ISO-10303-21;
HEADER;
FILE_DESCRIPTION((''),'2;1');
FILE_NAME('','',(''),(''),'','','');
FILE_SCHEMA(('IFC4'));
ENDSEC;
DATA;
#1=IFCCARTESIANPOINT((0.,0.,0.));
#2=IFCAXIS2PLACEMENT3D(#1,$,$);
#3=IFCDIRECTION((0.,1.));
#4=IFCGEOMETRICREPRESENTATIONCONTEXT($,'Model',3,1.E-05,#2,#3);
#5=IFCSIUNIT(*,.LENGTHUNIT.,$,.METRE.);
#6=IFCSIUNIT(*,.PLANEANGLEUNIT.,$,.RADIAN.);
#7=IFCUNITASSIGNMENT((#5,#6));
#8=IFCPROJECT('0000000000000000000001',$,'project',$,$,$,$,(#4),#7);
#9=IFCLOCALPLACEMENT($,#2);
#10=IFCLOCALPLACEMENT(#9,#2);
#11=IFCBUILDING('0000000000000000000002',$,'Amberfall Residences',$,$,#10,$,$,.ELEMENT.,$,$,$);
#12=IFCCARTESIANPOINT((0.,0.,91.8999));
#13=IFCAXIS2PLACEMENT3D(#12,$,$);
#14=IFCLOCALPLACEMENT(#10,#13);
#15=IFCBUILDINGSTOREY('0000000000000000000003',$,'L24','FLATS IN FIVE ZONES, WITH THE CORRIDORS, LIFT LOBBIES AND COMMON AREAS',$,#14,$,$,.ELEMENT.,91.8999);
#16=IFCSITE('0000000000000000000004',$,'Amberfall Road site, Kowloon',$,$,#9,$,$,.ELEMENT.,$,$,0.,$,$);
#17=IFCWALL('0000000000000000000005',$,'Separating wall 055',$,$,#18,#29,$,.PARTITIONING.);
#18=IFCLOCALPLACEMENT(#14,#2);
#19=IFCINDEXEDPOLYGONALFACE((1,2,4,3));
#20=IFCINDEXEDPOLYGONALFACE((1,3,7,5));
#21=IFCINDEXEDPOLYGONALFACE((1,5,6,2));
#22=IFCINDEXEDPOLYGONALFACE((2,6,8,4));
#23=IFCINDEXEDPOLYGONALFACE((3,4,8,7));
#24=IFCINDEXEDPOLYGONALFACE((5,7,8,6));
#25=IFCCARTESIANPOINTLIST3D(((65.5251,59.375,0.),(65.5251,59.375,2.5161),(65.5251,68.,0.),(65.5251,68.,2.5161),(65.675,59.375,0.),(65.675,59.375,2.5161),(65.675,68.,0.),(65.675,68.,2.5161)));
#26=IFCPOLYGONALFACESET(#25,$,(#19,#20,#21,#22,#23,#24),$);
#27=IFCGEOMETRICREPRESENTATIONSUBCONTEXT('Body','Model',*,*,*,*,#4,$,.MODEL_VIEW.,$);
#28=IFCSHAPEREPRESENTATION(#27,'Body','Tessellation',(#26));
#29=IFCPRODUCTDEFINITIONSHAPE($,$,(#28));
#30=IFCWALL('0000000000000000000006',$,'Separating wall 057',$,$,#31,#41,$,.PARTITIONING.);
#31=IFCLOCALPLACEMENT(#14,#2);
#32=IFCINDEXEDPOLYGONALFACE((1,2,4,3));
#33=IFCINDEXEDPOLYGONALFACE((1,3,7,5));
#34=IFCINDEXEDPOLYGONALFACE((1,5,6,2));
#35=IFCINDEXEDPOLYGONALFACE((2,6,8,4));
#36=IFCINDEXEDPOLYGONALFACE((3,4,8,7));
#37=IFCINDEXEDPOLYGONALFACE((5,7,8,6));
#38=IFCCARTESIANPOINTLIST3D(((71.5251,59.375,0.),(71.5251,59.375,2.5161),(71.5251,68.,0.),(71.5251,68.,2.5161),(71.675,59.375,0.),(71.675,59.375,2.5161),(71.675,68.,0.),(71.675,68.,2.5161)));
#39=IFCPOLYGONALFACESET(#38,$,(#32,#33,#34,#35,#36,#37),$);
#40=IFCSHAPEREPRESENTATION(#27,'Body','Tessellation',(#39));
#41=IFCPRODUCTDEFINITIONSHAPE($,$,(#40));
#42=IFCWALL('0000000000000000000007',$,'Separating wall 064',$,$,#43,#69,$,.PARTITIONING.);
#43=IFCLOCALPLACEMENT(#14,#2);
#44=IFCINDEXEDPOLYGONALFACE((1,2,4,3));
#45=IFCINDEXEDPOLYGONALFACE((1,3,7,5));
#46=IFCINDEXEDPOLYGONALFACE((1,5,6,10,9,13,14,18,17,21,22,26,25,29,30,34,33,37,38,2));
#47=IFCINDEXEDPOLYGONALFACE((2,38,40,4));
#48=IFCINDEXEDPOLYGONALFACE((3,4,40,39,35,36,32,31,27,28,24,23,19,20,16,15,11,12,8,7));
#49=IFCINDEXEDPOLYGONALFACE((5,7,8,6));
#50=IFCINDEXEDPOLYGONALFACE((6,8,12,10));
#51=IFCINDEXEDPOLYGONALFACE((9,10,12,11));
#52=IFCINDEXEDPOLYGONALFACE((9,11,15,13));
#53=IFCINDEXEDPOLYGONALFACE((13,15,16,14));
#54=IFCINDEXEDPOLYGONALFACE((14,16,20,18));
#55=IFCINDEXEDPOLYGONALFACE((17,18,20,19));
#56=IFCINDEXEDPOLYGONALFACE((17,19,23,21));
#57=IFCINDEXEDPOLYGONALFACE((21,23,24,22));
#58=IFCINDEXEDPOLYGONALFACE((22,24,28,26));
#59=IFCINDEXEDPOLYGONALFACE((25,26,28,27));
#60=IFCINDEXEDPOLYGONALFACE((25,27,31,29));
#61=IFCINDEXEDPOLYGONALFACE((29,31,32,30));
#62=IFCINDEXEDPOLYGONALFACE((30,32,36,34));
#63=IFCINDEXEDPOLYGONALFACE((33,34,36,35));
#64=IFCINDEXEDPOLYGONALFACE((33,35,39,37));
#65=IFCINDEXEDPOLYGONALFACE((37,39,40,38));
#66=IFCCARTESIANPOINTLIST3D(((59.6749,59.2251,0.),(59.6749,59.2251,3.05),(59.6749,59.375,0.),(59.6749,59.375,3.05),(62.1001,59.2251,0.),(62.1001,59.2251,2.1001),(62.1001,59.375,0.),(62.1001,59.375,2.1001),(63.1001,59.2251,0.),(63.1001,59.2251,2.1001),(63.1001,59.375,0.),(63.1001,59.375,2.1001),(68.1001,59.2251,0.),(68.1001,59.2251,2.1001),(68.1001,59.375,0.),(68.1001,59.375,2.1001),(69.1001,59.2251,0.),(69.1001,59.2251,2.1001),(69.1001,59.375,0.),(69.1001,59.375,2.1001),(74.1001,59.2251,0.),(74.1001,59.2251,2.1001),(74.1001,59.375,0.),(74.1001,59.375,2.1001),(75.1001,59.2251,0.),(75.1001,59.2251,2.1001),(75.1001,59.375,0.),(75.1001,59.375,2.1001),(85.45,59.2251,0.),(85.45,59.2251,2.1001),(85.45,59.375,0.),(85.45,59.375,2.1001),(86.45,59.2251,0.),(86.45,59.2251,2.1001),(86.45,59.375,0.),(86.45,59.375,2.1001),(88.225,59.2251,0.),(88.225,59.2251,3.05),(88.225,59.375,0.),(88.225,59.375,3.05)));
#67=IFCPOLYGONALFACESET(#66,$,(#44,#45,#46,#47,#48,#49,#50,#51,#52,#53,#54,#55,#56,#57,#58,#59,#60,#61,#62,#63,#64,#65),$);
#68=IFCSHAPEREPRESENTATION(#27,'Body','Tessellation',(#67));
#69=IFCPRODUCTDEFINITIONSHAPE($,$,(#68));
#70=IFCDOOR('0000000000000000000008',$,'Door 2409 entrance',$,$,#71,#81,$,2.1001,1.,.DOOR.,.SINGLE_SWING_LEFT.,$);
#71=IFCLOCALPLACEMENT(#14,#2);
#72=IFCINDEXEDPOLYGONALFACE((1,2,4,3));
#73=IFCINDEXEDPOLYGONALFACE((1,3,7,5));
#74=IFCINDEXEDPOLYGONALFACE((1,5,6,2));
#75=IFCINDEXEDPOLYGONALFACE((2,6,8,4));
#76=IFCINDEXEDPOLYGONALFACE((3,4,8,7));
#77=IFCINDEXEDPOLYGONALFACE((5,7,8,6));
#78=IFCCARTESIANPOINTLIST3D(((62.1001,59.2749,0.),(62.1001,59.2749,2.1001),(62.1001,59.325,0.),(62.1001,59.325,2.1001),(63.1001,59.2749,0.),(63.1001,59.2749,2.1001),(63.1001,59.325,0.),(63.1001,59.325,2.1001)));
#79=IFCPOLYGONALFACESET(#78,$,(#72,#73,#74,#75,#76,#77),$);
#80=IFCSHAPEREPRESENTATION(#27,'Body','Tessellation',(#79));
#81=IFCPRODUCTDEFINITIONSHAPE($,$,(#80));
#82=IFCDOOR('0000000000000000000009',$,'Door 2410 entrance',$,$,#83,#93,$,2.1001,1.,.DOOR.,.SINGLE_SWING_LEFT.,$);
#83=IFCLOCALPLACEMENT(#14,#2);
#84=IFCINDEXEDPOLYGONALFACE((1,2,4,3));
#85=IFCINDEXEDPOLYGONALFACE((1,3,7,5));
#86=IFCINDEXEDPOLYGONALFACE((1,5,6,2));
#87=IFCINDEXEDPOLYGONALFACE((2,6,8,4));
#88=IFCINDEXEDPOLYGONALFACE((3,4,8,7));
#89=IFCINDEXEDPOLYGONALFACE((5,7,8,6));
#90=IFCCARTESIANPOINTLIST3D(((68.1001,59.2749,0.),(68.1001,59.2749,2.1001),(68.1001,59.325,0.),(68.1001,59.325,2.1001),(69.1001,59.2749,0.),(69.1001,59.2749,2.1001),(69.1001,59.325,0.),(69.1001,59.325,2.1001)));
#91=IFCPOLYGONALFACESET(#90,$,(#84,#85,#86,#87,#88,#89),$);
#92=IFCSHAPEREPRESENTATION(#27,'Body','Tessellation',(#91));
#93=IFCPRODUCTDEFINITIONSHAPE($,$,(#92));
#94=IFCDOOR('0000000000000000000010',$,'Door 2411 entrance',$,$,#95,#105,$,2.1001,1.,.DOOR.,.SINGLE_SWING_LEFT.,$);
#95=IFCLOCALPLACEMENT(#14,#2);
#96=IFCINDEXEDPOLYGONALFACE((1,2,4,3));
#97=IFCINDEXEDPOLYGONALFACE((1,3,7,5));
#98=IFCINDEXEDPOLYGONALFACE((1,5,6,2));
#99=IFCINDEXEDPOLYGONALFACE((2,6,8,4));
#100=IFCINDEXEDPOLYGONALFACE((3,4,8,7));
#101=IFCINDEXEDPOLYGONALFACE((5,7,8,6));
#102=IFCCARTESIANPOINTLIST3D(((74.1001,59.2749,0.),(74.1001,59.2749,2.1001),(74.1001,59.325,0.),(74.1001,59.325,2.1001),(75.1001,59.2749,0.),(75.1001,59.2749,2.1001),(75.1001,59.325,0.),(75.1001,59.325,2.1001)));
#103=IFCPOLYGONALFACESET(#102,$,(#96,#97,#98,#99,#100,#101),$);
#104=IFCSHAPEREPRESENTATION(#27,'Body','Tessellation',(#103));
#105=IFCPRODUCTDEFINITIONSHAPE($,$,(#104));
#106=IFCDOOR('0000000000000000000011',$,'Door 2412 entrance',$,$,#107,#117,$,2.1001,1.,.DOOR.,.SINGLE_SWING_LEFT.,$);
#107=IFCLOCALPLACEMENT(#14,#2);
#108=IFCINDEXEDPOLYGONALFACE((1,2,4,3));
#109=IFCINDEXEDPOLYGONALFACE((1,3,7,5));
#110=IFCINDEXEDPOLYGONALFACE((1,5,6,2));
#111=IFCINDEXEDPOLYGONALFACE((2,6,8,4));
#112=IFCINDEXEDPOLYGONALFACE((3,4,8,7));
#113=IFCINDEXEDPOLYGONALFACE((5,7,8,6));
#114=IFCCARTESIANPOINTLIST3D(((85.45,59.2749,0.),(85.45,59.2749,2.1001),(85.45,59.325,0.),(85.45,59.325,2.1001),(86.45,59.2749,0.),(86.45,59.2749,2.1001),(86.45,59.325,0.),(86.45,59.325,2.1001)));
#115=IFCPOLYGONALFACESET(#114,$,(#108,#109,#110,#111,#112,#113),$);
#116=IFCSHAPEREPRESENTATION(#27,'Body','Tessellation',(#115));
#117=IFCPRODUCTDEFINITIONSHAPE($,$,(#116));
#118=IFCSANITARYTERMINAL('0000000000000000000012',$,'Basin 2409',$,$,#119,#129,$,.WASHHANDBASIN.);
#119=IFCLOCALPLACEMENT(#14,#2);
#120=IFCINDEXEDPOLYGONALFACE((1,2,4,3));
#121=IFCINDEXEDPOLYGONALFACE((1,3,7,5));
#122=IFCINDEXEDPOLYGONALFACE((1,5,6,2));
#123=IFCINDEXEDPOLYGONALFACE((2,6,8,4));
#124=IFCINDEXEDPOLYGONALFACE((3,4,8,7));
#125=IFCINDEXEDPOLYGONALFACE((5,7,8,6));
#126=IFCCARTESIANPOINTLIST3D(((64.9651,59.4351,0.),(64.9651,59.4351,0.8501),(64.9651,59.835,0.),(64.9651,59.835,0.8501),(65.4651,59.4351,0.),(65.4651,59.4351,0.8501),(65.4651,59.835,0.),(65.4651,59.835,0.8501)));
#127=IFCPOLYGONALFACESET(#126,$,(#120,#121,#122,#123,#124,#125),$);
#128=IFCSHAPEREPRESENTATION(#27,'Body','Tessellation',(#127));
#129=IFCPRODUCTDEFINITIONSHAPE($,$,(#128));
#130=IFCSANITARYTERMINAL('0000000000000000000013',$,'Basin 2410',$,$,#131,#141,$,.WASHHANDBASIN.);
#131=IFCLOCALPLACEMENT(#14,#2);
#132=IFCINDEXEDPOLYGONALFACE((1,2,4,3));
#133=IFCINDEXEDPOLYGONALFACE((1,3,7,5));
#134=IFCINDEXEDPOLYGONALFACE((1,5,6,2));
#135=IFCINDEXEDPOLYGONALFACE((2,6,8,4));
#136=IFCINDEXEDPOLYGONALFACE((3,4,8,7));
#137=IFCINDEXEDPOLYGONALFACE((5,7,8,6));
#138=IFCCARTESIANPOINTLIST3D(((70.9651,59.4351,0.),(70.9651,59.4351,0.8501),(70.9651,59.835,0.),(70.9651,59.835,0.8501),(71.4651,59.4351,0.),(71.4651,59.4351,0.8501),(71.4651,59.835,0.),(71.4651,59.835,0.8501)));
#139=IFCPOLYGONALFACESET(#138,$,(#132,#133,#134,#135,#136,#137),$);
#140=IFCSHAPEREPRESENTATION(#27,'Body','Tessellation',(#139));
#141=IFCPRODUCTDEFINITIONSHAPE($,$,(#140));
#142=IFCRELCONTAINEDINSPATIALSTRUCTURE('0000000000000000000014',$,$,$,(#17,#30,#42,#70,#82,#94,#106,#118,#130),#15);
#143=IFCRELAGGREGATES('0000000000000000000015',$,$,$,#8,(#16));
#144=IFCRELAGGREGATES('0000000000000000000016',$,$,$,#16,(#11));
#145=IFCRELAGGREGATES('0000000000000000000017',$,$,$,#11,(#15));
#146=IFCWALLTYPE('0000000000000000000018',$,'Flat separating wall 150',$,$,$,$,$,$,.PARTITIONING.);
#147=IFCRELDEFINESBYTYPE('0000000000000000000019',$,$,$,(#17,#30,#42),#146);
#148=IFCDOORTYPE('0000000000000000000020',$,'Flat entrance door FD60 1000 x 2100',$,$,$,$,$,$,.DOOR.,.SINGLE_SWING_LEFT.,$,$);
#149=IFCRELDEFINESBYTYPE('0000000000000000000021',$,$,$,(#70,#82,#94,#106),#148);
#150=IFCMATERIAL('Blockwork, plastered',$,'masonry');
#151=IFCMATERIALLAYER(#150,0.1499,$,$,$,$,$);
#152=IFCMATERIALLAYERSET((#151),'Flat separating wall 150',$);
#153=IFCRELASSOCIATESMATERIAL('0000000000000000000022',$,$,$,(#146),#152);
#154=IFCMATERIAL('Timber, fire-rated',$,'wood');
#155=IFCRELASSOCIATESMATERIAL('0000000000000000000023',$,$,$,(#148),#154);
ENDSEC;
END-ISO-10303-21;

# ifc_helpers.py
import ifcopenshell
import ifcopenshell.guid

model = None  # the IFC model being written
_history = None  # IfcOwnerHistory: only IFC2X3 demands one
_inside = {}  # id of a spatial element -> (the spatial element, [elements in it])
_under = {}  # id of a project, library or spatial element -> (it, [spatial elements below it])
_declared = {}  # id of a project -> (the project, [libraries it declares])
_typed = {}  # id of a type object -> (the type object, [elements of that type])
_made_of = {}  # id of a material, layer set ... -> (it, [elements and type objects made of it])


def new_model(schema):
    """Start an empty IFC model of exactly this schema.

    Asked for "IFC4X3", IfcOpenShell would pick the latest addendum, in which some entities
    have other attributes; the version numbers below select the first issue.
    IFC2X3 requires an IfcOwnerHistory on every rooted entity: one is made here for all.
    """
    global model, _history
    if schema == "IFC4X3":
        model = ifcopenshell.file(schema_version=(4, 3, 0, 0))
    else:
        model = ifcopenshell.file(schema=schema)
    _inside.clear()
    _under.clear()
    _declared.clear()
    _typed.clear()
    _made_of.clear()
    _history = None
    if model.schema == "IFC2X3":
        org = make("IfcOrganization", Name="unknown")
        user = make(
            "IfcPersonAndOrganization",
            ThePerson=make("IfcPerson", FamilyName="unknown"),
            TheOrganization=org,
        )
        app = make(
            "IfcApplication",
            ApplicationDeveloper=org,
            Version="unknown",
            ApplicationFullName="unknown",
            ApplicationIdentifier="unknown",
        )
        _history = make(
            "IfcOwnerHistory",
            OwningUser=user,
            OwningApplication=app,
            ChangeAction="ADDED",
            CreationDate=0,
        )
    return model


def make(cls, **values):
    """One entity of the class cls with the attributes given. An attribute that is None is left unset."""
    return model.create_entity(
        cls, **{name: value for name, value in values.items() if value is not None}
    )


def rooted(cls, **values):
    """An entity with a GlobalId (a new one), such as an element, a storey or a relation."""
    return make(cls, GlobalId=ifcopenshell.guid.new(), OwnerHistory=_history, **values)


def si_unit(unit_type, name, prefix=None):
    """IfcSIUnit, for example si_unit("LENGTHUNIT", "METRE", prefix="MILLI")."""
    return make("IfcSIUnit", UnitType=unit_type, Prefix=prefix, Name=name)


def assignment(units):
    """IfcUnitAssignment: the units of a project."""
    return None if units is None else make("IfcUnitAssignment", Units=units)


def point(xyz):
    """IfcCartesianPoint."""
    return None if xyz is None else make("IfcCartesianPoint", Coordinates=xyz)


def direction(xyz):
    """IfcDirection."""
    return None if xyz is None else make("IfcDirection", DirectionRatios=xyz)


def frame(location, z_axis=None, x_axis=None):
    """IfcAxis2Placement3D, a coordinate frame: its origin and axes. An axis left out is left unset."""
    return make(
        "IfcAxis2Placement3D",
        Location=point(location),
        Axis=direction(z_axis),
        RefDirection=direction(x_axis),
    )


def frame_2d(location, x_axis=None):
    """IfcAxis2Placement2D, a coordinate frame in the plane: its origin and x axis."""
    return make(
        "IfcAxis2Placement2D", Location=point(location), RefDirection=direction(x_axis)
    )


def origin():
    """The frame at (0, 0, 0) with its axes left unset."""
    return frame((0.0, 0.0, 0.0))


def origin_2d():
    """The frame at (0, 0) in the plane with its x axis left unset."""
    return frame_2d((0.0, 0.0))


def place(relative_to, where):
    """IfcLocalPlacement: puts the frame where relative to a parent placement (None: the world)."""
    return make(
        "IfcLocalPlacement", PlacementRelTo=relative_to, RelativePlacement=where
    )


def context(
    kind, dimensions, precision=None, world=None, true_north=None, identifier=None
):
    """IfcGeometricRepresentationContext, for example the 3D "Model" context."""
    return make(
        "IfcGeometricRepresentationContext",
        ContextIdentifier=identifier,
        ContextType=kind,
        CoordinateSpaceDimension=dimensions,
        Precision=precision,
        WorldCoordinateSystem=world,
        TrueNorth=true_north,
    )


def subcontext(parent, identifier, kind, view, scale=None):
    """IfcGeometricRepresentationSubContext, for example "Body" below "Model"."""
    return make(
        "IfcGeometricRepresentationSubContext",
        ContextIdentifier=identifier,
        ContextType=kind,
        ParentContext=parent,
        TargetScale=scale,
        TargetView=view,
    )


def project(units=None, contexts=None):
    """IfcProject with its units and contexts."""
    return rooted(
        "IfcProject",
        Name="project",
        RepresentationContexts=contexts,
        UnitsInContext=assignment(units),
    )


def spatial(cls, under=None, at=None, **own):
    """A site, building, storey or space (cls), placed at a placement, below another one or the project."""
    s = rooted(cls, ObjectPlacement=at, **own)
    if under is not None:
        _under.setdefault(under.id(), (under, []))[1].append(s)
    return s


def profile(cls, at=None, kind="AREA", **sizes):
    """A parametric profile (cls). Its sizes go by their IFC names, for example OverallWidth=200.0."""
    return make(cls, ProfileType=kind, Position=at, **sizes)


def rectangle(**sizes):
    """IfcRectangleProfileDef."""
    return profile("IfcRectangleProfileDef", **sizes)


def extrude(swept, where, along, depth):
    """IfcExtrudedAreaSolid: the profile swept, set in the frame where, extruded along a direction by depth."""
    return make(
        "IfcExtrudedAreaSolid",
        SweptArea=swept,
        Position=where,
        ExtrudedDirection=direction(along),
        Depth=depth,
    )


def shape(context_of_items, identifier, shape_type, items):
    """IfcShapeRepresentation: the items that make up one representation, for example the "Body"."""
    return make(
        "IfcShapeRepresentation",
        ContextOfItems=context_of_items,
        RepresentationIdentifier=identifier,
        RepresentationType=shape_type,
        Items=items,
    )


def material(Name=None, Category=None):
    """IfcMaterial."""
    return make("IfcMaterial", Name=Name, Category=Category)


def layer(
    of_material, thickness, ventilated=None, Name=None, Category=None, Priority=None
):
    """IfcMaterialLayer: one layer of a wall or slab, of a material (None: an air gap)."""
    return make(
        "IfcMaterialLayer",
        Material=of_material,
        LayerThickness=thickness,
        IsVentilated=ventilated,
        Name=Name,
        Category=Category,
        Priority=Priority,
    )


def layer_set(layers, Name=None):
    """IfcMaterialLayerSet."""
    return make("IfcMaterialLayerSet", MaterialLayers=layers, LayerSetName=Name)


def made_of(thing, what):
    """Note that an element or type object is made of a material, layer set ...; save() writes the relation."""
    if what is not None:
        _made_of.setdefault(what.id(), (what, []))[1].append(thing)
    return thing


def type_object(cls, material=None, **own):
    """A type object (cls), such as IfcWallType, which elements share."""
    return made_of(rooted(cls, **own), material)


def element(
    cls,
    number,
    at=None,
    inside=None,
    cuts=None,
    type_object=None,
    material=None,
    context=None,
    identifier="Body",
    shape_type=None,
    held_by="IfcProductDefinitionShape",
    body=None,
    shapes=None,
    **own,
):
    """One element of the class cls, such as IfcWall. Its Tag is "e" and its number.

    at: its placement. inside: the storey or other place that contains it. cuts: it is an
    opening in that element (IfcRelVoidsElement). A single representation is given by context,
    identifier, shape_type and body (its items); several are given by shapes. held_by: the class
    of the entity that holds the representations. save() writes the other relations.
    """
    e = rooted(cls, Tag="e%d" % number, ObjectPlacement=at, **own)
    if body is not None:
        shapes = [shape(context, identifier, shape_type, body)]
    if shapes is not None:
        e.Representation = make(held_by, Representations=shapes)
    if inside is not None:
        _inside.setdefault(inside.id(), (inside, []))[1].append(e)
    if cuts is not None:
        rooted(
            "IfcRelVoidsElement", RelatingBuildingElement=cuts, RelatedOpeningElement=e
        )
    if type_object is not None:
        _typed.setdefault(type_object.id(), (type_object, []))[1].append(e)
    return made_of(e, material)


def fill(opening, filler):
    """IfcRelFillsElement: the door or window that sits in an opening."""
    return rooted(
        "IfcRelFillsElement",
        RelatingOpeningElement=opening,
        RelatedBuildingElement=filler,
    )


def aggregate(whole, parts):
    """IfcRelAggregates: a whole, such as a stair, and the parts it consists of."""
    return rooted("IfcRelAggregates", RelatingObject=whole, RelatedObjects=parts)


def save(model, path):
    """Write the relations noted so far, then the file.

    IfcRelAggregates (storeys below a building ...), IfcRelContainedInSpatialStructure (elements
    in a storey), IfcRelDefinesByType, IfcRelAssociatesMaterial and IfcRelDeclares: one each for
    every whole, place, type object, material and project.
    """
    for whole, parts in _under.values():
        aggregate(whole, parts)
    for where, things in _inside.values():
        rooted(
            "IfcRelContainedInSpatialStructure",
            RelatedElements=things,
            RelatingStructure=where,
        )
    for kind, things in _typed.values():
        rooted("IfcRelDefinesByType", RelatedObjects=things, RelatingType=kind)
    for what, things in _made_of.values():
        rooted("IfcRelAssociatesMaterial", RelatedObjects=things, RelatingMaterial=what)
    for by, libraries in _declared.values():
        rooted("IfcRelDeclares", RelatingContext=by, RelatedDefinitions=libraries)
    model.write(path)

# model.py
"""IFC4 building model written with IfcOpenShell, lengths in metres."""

from ifc_helpers import new_model, si_unit, direction, frame, frame_2d, origin, origin_2d, place, context, subcontext, project, spatial, rectangle, extrude, material, layer, layer_set, type_object, element, fill, save


model = new_model("IFC4")

# Units and contexts
model_context = context("Model", 3, precision=1e-05, world=origin(), true_north=direction((0.0, 1.0)))
body_context = subcontext(model_context, "Body", "Model", "MODEL_VIEW")
ifc_project = project(units=[si_unit("LENGTHUNIT", "METRE"), si_unit("PLANEANGLEUNIT", "RADIAN")], contexts=[model_context])

# Site, building, storey
site_placement = place(None, origin())
site = spatial("IfcSite", under=ifc_project, at=site_placement, Name="Amberfall Road site, Kowloon", CompositionType="ELEMENT", RefElevation=0.0)
building_placement = place(site_placement, origin())
building = spatial("IfcBuilding", under=site, at=building_placement, Name="Amberfall Residences", CompositionType="ELEMENT")
storey_placement = place(building_placement, frame((0.0, 0.0, 91.8999)))
storey = spatial("IfcBuildingStorey", under=building, at=storey_placement, Name="L24", Description="FLATS IN FIVE ZONES, WITH THE CORRIDORS, LIFT LOBBIES AND COMMON AREAS", CompositionType="ELEMENT", Elevation=91.8999)

# Walls
ifc_material_1 = material(Name="Blockwork, plastered", Category="masonry")
ifc_layer_1 = layer(ifc_material_1, 0.1499)
ifc_layer_set_1 = layer_set([ifc_layer_1], Name="Flat separating wall 150")
wall_type_1 = type_object("IfcWallType", Name="Flat separating wall 150", PredefinedType="PARTITIONING", material=ifc_layer_set_1)
for number, where, z_axis, x_axis, name in (
    (1, (65.6001, 59.375, 0.0), (0.0, 0.0, 1.0), (0.0, 1.0, 0.0), "Separating wall 055"),
    (2, (71.6001, 59.375, 0.0), (0.0, 0.0, 1.0), (0.0, 1.0, 0.0), "Separating wall 057"),
):
    element("IfcWall", number, at=place(storey_placement, frame(where, z_axis=z_axis, x_axis=x_axis)), inside=storey, type_object=wall_type_1, Name=name, PredefinedType="PARTITIONING", context=body_context, shape_type="SweptSolid", body=[
        extrude(rectangle(XDim=8.625, YDim=0.1499, at=frame_2d((4.3125, 0.0))), origin(), (0.0, 0.0, 1.0), 2.5161),
    ])

# Wall, openings, doors
wall_1_placement = place(storey_placement, frame((59.675, 59.3, 0.0), z_axis=(0.0, 0.0, 1.0), x_axis=(1.0, 0.0, 0.0)))
wall_1 = element("IfcWall", 3, at=wall_1_placement, inside=storey, type_object=wall_type_1, Name="Separating wall 064", PredefinedType="PARTITIONING", context=body_context, shape_type="SweptSolid", body=[
    extrude(rectangle(XDim=28.55, YDim=0.1499, at=frame_2d((14.2749, 0.0))), origin(), (0.0, 0.0, 1.0), 3.05),
])
opening_1_placement = place(wall_1_placement, frame((2.425, 0.0, 0.0)))
opening_1 = element("IfcOpeningElement", 4, at=opening_1_placement, cuts=wall_1, PredefinedType="OPENING", context=body_context, shape_type="SweptSolid", body=[
    extrude(rectangle(XDim=1.0, YDim=2.1001, at=frame_2d((0.5, 1.05))), frame((0.0, 0.085, 0.0), z_axis=(0.0, -1.0, 0.0), x_axis=(1.0, 0.0, 0.0)), (0.0, 0.0, 1.0), 0.1699),
])
opening_2_placement = place(wall_1_placement, frame((8.425, 0.0, 0.0)))
opening_2 = element("IfcOpeningElement", 5, at=opening_2_placement, cuts=wall_1, PredefinedType="OPENING", context=body_context, shape_type="SweptSolid", body=[
    extrude(rectangle(XDim=1.0, YDim=2.1001, at=frame_2d((0.5, 1.05))), frame((0.0, 0.085, 0.0), z_axis=(0.0, -1.0, 0.0), x_axis=(1.0, 0.0, 0.0)), (0.0, 0.0, 1.0), 0.1699),
])
opening_3_placement = place(wall_1_placement, frame((14.425, 0.0, 0.0)))
opening_3 = element("IfcOpeningElement", 6, at=opening_3_placement, cuts=wall_1, PredefinedType="OPENING", context=body_context, shape_type="SweptSolid", body=[
    extrude(rectangle(XDim=1.0, YDim=2.1001, at=frame_2d((0.5, 1.05))), frame((0.0, 0.085, 0.0), z_axis=(0.0, -1.0, 0.0), x_axis=(1.0, 0.0, 0.0)), (0.0, 0.0, 1.0), 0.1699),
])
opening_4_placement = place(wall_1_placement, frame((25.7749, 0.0, 0.0)))
opening_4 = element("IfcOpeningElement", 7, at=opening_4_placement, cuts=wall_1, PredefinedType="OPENING", context=body_context, shape_type="SweptSolid", body=[
    extrude(rectangle(XDim=1.0, YDim=2.1001, at=frame_2d((0.5, 1.05))), frame((0.0, 0.085, 0.0), z_axis=(0.0, -1.0, 0.0), x_axis=(1.0, 0.0, 0.0)), (0.0, 0.0, 1.0), 0.1699),
])
ifc_material_2 = material(Name="Timber, fire-rated", Category="wood")
door_type_1 = type_object("IfcDoorType", Name="Flat entrance door FD60 1000 x 2100", OperationType="SINGLE_SWING_LEFT", PredefinedType="DOOR", material=ifc_material_2)
door_1_placement = place(opening_1_placement, origin())
door_1 = element("IfcDoor", 8, at=door_1_placement, inside=storey, type_object=door_type_1, Name="Door 2409 entrance", OperationType="SINGLE_SWING_LEFT", OverallHeight=2.1001, OverallWidth=1.0, PredefinedType="DOOR", context=body_context, shape_type="SweptSolid", body=[
    extrude(rectangle(XDim=1.0, YDim=2.1001, at=frame_2d((0.5, 1.05))), frame((0.0, 0.0249, 0.0), z_axis=(0.0, -1.0, 0.0), x_axis=(1.0, 0.0, 0.0)), (0.0, 0.0, 1.0), 0.05),
])
fill(opening_1, door_1)
door_2_placement = place(opening_2_placement, origin())
door_2 = element("IfcDoor", 9, at=door_2_placement, inside=storey, type_object=door_type_1, Name="Door 2410 entrance", OperationType="SINGLE_SWING_LEFT", OverallHeight=2.1001, OverallWidth=1.0, PredefinedType="DOOR", context=body_context, shape_type="SweptSolid", body=[
    extrude(rectangle(XDim=1.0, YDim=2.1001, at=frame_2d((0.5, 1.05))), frame((0.0, 0.0249, 0.0), z_axis=(0.0, -1.0, 0.0), x_axis=(1.0, 0.0, 0.0)), (0.0, 0.0, 1.0), 0.05),
])
fill(opening_2, door_2)
door_3_placement = place(opening_3_placement, origin())
door_3 = element("IfcDoor", 10, at=door_3_placement, inside=storey, type_object=door_type_1, Name="Door 2411 entrance", OperationType="SINGLE_SWING_LEFT", OverallHeight=2.1001, OverallWidth=1.0, PredefinedType="DOOR", context=body_context, shape_type="SweptSolid", body=[
    extrude(rectangle(XDim=1.0, YDim=2.1001, at=frame_2d((0.5, 1.05))), frame((0.0, 0.0249, 0.0), z_axis=(0.0, -1.0, 0.0), x_axis=(1.0, 0.0, 0.0)), (0.0, 0.0, 1.0), 0.05),
])
fill(opening_3, door_3)
door_4_placement = place(opening_4_placement, origin())
door_4 = element("IfcDoor", 11, at=door_4_placement, inside=storey, type_object=door_type_1, Name="Door 2412 entrance", OperationType="SINGLE_SWING_LEFT", OverallHeight=2.1001, OverallWidth=1.0, PredefinedType="DOOR", context=body_context, shape_type="SweptSolid", body=[
    extrude(rectangle(XDim=1.0, YDim=2.1001, at=frame_2d((0.5, 1.05))), frame((0.0, 0.0249, 0.0), z_axis=(0.0, -1.0, 0.0), x_axis=(1.0, 0.0, 0.0)), (0.0, 0.0, 1.0), 0.05),
])
fill(opening_4, door_4)

# Sanitary terminals
for number, where, z_axis, x_axis, name in (
    (12, (65.2151, 59.635, 0.0), (0.0, 0.0, 1.0), (1.0, 0.0, 0.0), "Basin 2409"),
    (13, (71.2151, 59.635, 0.0), (0.0, 0.0, 1.0), (1.0, 0.0, 0.0), "Basin 2410"),
):
    element("IfcSanitaryTerminal", number, at=place(storey_placement, frame(where, z_axis=z_axis, x_axis=x_axis)), inside=storey, Name=name, PredefinedType="WASHHANDBASIN", context=body_context, shape_type="SweptSolid", body=[
        extrude(rectangle(XDim=0.5, YDim=0.3999, at=origin_2d()), origin(), (0.0, 0.0, 1.0), 0.8501),
    ])

save(model, "model.ifc")
